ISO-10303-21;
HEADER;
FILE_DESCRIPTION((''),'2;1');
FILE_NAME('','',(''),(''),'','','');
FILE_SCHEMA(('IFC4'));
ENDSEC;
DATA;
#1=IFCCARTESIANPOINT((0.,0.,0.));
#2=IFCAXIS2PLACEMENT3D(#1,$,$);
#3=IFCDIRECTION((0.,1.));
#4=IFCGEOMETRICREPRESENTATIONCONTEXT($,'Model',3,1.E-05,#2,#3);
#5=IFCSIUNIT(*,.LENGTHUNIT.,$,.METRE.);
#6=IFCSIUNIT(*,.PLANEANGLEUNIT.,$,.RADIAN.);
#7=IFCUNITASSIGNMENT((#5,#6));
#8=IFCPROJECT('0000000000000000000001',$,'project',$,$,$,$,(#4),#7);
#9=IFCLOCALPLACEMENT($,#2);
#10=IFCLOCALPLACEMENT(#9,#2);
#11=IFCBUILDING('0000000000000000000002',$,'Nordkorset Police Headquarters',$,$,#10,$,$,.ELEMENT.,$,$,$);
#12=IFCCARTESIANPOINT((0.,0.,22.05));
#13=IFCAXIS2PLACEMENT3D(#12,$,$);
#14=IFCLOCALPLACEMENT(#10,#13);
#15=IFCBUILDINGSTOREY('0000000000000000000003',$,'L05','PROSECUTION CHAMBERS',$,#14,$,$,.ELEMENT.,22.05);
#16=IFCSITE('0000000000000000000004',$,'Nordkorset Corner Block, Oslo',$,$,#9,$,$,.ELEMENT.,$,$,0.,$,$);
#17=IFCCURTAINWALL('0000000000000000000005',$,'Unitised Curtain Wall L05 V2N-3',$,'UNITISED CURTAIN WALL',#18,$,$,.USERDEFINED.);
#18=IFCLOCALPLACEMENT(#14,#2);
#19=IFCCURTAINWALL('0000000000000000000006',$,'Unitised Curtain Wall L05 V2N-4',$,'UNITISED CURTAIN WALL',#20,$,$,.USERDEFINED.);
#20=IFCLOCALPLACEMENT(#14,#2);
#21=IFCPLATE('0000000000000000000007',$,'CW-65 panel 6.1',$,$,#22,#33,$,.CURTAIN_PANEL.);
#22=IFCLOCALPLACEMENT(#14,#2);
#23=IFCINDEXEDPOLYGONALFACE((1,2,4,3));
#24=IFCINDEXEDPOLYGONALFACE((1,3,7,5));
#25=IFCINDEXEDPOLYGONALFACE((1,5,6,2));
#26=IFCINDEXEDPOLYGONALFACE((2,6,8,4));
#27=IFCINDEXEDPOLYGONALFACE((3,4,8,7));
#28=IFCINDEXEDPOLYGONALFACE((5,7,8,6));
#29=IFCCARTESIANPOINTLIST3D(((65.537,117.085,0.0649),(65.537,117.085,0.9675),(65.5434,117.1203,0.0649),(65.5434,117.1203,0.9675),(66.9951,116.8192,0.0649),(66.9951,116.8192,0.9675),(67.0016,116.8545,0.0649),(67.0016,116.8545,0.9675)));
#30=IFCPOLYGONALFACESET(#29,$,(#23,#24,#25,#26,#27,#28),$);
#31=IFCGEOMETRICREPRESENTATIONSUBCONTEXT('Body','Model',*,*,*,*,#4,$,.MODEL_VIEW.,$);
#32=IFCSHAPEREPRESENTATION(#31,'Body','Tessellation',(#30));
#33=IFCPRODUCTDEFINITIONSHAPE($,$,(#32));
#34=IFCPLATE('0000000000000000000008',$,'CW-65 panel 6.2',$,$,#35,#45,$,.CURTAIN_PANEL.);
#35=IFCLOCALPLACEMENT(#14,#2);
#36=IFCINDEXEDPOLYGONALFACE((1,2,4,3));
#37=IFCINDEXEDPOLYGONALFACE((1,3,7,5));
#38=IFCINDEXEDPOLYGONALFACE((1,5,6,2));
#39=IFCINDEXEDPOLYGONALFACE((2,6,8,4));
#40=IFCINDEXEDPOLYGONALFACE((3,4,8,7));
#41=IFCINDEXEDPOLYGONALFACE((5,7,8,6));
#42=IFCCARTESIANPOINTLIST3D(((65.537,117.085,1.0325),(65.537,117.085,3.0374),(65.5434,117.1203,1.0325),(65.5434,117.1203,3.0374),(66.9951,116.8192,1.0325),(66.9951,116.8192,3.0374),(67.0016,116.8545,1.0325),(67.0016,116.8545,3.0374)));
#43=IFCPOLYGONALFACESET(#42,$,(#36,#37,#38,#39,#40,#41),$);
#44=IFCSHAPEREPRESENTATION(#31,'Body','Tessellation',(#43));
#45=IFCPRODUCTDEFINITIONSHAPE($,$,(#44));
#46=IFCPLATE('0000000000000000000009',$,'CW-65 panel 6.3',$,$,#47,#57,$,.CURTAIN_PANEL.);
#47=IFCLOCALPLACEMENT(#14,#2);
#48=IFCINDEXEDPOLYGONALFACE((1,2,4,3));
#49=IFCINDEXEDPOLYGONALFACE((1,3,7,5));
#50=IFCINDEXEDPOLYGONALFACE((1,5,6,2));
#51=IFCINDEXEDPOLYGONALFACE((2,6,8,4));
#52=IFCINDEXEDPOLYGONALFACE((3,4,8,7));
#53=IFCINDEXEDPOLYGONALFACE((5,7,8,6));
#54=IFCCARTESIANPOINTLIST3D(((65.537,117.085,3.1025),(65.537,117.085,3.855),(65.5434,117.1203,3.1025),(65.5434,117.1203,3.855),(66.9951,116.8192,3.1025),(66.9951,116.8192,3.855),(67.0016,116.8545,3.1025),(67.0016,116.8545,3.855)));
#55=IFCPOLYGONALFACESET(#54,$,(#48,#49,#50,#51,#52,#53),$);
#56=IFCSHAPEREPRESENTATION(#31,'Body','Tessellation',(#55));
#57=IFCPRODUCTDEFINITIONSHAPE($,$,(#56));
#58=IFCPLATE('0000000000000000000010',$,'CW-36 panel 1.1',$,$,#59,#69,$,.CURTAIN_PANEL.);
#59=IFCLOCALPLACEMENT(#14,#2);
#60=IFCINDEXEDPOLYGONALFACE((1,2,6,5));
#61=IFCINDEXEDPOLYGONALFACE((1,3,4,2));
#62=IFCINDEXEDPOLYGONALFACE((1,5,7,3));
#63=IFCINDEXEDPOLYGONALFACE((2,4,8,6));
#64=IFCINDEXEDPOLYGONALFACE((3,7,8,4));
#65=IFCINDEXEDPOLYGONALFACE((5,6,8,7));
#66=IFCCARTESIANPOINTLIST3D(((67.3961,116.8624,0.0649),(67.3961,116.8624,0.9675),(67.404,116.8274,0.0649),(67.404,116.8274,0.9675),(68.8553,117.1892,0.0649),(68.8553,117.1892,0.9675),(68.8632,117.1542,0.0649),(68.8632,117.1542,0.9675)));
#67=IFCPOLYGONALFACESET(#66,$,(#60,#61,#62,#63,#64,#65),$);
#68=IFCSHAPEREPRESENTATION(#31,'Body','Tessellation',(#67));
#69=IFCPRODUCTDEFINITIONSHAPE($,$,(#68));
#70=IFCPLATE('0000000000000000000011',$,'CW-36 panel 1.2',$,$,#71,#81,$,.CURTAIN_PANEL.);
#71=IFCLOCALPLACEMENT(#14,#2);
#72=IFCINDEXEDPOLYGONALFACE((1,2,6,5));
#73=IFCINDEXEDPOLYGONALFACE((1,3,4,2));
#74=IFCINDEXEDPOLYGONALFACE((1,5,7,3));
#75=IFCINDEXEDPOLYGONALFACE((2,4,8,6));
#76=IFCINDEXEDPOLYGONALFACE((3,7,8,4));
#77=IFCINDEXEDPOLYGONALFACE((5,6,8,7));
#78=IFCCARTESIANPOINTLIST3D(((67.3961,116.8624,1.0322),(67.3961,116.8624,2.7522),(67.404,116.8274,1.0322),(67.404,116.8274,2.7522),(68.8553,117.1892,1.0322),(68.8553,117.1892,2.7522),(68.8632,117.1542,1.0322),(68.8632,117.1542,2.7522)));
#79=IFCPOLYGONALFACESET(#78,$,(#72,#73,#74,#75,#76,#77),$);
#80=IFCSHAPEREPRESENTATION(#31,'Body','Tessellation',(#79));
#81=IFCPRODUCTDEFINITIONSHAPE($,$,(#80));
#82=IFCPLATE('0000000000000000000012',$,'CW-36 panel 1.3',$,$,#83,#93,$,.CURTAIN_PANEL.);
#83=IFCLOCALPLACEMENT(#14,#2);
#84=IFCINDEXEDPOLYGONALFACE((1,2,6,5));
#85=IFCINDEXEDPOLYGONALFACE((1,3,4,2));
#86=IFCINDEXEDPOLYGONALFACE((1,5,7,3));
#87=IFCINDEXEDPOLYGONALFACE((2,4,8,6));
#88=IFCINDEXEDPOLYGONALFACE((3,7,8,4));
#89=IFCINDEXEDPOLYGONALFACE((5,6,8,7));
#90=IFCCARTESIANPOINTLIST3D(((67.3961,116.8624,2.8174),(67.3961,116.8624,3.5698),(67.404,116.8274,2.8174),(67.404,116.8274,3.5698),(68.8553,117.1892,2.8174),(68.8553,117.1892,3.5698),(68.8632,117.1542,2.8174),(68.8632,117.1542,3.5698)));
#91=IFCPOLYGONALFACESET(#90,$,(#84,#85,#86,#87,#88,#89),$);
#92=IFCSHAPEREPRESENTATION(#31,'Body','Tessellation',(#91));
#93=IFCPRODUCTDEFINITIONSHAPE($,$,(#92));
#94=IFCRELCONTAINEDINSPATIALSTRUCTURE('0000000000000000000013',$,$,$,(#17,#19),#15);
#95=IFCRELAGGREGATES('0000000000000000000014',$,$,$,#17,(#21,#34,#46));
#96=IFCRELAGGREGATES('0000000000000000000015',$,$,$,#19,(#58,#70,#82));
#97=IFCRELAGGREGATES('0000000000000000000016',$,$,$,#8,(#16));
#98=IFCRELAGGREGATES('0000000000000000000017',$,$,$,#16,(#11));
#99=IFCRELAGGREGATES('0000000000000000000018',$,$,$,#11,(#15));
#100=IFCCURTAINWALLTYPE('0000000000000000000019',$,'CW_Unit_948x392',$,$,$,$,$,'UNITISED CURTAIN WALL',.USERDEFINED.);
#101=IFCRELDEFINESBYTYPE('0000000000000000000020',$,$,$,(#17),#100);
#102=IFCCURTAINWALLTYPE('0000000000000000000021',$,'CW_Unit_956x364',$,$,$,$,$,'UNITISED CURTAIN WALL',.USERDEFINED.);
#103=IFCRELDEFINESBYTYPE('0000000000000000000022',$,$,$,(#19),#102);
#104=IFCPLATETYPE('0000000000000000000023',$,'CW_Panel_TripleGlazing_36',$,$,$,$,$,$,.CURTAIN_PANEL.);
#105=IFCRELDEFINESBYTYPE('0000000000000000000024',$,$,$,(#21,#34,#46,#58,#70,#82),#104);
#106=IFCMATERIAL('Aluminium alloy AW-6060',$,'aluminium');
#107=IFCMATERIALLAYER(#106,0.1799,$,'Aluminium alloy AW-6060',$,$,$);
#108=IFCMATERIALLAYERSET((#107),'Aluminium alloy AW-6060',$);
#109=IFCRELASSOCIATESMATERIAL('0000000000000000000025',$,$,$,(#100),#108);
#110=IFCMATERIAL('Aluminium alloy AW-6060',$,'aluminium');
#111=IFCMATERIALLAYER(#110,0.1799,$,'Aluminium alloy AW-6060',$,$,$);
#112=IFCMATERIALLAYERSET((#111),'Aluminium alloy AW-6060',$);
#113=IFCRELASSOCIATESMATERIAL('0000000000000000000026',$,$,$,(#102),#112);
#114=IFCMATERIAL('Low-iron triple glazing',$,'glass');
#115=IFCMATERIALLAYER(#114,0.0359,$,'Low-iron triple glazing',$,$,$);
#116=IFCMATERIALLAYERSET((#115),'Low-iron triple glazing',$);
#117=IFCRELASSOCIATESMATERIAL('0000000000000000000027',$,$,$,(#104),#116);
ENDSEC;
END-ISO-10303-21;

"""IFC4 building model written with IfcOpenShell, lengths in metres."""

from ifc_helpers import new_model, si_unit, direction, frame, origin, origin_2d, place, context, subcontext, project, spatial, rectangle, extrude, material, layer, layer_set, type_object, element, aggregate, save


model = new_model("IFC4")

# Units and contexts
model_context = context("Model", 3, precision=1e-05, world=origin(), true_north=direction((0.0, 1.0)))
body_context = subcontext(model_context, "Body", "Model", "MODEL_VIEW")
ifc_project = project(units=[si_unit("LENGTHUNIT", "METRE"), si_unit("PLANEANGLEUNIT", "RADIAN")], contexts=[model_context])

# Site, building, storey
site_placement = place(None, origin())
site = spatial("IfcSite", under=ifc_project, at=site_placement, Name="Nordkorset Corner Block, Oslo", CompositionType="ELEMENT", RefElevation=0.0)
building_placement = place(site_placement, origin())
building = spatial("IfcBuilding", under=site, at=building_placement, Name="Nordkorset Police Headquarters", CompositionType="ELEMENT")
storey_placement = place(building_placement, frame((0.0, 0.0, 22.05)))
storey = spatial("IfcBuildingStorey", under=building, at=storey_placement, Name="L05", Description="PROSECUTION CHAMBERS", CompositionType="ELEMENT", Elevation=22.05)

# Curtain walls
ifc_material_1 = material(Name="Aluminium alloy AW-6060", Category="aluminium")
ifc_layer_1 = layer(ifc_material_1, 0.1799, Name="Aluminium alloy AW-6060")
ifc_layer_set_1 = layer_set([ifc_layer_1], Name="Aluminium alloy AW-6060")
curtain_wall_type_1 = type_object("IfcCurtainWallType", Name="CW_Unit_948x392", ElementType="UNITISED CURTAIN WALL", PredefinedType="USERDEFINED", material=ifc_layer_set_1)
curtain_wall_1_placement = place(storey_placement, origin())
curtain_wall_1 = element("IfcCurtainWall", 1, at=curtain_wall_1_placement, inside=storey, type_object=curtain_wall_type_1, Name="Unitised Curtain Wall L05 V2N-3", ObjectType="UNITISED CURTAIN WALL", PredefinedType="USERDEFINED")
ifc_material_2 = material(Name="Aluminium alloy AW-6060", Category="aluminium")
ifc_layer_2 = layer(ifc_material_2, 0.1799, Name="Aluminium alloy AW-6060")
ifc_layer_set_2 = layer_set([ifc_layer_2], Name="Aluminium alloy AW-6060")
curtain_wall_type_2 = type_object("IfcCurtainWallType", Name="CW_Unit_956x364", ElementType="UNITISED CURTAIN WALL", PredefinedType="USERDEFINED", material=ifc_layer_set_2)
curtain_wall_2_placement = place(storey_placement, origin())
curtain_wall_2 = element("IfcCurtainWall", 2, at=curtain_wall_2_placement, inside=storey, type_object=curtain_wall_type_2, Name="Unitised Curtain Wall L05 V2N-4", ObjectType="UNITISED CURTAIN WALL", PredefinedType="USERDEFINED")

# Plates
ifc_material_3 = material(Name="Low-iron triple glazing", Category="glass")
ifc_layer_3 = layer(ifc_material_3, 0.0359, Name="Low-iron triple glazing")
ifc_layer_set_3 = layer_set([ifc_layer_3], Name="Low-iron triple glazing")
plate_type = type_object("IfcPlateType", Name="CW_Panel_TripleGlazing_36", PredefinedType="CURTAIN_PANEL", material=ifc_layer_set_3)
plate_1_placement = place(storey_placement, frame((66.2693, 116.9697, 0.0649), z_axis=(0.0, 0.0, 1.0), x_axis=(0.983788, -0.179336, 0.0)))
plate_1 = element("IfcPlate", 3, at=plate_1_placement, type_object=plate_type, Name="CW-65 panel 6.1", PredefinedType="CURTAIN_PANEL", context=body_context, shape_type="SweptSolid", body=[
    extrude(rectangle(XDim=1.4822, YDim=0.0359, at=origin_2d()), origin(), (0.0, 0.0, 1.0), 0.9026),
])
plate_2_placement = place(storey_placement, frame((66.2693, 116.9697, 1.0325), z_axis=(0.0, 0.0, 1.0), x_axis=(0.983788, -0.179336, 0.0)))
plate_2 = element("IfcPlate", 4, at=plate_2_placement, type_object=plate_type, Name="CW-65 panel 6.2", PredefinedType="CURTAIN_PANEL", context=body_context, shape_type="SweptSolid", body=[
    extrude(rectangle(XDim=1.4822, YDim=0.0359, at=origin_2d()), origin(), (0.0, 0.0, 1.0), 2.0049),
])
plate_3_placement = place(storey_placement, frame((66.2693, 116.9697, 3.1025), z_axis=(0.0, 0.0, 1.0), x_axis=(0.983788, -0.179336, 0.0)))
plate_3 = element("IfcPlate", 5, at=plate_3_placement, type_object=plate_type, Name="CW-65 panel 6.3", PredefinedType="CURTAIN_PANEL", context=body_context, shape_type="SweptSolid", body=[
    extrude(rectangle(XDim=1.4822, YDim=0.0359, at=origin_2d()), origin(), (0.0, 0.0, 1.0), 0.7524),
])
aggregate(curtain_wall_1, [plate_1, plate_2, plate_3])
plate_4_placement = place(storey_placement, frame((68.1296, 117.0083, 0.0649), z_axis=(0.0, 0.0, 1.0), x_axis=(0.975827, 0.218544, 0.0)))
plate_4 = element("IfcPlate", 6, at=plate_4_placement, type_object=plate_type, Name="CW-36 panel 1.1", PredefinedType="CURTAIN_PANEL", context=body_context, shape_type="SweptSolid", body=[
    extrude(rectangle(XDim=1.4954, YDim=0.0359, at=origin_2d()), origin(), (0.0, 0.0, 1.0), 0.9026),
])
plate_5_placement = place(storey_placement, frame((68.1296, 117.0083, 1.0322), z_axis=(0.0, 0.0, 1.0), x_axis=(0.975827, 0.218544, 0.0)))
plate_5 = element("IfcPlate", 7, at=plate_5_placement, type_object=plate_type, Name="CW-36 panel 1.2", PredefinedType="CURTAIN_PANEL", context=body_context, shape_type="SweptSolid", body=[
    extrude(rectangle(XDim=1.4954, YDim=0.0359, at=origin_2d()), origin(), (0.0, 0.0, 1.0), 1.72),
])
plate_6_placement = place(storey_placement, frame((68.1296, 117.0083, 2.8174), z_axis=(0.0, 0.0, 1.0), x_axis=(0.975827, 0.218544, 0.0)))
plate_6 = element("IfcPlate", 8, at=plate_6_placement, type_object=plate_type, Name="CW-36 panel 1.3", PredefinedType="CURTAIN_PANEL", context=body_context, shape_type="SweptSolid", body=[
    extrude(rectangle(XDim=1.4954, YDim=0.0359, at=origin_2d()), origin(), (0.0, 0.0, 1.0), 0.7524),
])
aggregate(curtain_wall_2, [plate_4, plate_5, plate_6])

save(model, "model.ifc")
